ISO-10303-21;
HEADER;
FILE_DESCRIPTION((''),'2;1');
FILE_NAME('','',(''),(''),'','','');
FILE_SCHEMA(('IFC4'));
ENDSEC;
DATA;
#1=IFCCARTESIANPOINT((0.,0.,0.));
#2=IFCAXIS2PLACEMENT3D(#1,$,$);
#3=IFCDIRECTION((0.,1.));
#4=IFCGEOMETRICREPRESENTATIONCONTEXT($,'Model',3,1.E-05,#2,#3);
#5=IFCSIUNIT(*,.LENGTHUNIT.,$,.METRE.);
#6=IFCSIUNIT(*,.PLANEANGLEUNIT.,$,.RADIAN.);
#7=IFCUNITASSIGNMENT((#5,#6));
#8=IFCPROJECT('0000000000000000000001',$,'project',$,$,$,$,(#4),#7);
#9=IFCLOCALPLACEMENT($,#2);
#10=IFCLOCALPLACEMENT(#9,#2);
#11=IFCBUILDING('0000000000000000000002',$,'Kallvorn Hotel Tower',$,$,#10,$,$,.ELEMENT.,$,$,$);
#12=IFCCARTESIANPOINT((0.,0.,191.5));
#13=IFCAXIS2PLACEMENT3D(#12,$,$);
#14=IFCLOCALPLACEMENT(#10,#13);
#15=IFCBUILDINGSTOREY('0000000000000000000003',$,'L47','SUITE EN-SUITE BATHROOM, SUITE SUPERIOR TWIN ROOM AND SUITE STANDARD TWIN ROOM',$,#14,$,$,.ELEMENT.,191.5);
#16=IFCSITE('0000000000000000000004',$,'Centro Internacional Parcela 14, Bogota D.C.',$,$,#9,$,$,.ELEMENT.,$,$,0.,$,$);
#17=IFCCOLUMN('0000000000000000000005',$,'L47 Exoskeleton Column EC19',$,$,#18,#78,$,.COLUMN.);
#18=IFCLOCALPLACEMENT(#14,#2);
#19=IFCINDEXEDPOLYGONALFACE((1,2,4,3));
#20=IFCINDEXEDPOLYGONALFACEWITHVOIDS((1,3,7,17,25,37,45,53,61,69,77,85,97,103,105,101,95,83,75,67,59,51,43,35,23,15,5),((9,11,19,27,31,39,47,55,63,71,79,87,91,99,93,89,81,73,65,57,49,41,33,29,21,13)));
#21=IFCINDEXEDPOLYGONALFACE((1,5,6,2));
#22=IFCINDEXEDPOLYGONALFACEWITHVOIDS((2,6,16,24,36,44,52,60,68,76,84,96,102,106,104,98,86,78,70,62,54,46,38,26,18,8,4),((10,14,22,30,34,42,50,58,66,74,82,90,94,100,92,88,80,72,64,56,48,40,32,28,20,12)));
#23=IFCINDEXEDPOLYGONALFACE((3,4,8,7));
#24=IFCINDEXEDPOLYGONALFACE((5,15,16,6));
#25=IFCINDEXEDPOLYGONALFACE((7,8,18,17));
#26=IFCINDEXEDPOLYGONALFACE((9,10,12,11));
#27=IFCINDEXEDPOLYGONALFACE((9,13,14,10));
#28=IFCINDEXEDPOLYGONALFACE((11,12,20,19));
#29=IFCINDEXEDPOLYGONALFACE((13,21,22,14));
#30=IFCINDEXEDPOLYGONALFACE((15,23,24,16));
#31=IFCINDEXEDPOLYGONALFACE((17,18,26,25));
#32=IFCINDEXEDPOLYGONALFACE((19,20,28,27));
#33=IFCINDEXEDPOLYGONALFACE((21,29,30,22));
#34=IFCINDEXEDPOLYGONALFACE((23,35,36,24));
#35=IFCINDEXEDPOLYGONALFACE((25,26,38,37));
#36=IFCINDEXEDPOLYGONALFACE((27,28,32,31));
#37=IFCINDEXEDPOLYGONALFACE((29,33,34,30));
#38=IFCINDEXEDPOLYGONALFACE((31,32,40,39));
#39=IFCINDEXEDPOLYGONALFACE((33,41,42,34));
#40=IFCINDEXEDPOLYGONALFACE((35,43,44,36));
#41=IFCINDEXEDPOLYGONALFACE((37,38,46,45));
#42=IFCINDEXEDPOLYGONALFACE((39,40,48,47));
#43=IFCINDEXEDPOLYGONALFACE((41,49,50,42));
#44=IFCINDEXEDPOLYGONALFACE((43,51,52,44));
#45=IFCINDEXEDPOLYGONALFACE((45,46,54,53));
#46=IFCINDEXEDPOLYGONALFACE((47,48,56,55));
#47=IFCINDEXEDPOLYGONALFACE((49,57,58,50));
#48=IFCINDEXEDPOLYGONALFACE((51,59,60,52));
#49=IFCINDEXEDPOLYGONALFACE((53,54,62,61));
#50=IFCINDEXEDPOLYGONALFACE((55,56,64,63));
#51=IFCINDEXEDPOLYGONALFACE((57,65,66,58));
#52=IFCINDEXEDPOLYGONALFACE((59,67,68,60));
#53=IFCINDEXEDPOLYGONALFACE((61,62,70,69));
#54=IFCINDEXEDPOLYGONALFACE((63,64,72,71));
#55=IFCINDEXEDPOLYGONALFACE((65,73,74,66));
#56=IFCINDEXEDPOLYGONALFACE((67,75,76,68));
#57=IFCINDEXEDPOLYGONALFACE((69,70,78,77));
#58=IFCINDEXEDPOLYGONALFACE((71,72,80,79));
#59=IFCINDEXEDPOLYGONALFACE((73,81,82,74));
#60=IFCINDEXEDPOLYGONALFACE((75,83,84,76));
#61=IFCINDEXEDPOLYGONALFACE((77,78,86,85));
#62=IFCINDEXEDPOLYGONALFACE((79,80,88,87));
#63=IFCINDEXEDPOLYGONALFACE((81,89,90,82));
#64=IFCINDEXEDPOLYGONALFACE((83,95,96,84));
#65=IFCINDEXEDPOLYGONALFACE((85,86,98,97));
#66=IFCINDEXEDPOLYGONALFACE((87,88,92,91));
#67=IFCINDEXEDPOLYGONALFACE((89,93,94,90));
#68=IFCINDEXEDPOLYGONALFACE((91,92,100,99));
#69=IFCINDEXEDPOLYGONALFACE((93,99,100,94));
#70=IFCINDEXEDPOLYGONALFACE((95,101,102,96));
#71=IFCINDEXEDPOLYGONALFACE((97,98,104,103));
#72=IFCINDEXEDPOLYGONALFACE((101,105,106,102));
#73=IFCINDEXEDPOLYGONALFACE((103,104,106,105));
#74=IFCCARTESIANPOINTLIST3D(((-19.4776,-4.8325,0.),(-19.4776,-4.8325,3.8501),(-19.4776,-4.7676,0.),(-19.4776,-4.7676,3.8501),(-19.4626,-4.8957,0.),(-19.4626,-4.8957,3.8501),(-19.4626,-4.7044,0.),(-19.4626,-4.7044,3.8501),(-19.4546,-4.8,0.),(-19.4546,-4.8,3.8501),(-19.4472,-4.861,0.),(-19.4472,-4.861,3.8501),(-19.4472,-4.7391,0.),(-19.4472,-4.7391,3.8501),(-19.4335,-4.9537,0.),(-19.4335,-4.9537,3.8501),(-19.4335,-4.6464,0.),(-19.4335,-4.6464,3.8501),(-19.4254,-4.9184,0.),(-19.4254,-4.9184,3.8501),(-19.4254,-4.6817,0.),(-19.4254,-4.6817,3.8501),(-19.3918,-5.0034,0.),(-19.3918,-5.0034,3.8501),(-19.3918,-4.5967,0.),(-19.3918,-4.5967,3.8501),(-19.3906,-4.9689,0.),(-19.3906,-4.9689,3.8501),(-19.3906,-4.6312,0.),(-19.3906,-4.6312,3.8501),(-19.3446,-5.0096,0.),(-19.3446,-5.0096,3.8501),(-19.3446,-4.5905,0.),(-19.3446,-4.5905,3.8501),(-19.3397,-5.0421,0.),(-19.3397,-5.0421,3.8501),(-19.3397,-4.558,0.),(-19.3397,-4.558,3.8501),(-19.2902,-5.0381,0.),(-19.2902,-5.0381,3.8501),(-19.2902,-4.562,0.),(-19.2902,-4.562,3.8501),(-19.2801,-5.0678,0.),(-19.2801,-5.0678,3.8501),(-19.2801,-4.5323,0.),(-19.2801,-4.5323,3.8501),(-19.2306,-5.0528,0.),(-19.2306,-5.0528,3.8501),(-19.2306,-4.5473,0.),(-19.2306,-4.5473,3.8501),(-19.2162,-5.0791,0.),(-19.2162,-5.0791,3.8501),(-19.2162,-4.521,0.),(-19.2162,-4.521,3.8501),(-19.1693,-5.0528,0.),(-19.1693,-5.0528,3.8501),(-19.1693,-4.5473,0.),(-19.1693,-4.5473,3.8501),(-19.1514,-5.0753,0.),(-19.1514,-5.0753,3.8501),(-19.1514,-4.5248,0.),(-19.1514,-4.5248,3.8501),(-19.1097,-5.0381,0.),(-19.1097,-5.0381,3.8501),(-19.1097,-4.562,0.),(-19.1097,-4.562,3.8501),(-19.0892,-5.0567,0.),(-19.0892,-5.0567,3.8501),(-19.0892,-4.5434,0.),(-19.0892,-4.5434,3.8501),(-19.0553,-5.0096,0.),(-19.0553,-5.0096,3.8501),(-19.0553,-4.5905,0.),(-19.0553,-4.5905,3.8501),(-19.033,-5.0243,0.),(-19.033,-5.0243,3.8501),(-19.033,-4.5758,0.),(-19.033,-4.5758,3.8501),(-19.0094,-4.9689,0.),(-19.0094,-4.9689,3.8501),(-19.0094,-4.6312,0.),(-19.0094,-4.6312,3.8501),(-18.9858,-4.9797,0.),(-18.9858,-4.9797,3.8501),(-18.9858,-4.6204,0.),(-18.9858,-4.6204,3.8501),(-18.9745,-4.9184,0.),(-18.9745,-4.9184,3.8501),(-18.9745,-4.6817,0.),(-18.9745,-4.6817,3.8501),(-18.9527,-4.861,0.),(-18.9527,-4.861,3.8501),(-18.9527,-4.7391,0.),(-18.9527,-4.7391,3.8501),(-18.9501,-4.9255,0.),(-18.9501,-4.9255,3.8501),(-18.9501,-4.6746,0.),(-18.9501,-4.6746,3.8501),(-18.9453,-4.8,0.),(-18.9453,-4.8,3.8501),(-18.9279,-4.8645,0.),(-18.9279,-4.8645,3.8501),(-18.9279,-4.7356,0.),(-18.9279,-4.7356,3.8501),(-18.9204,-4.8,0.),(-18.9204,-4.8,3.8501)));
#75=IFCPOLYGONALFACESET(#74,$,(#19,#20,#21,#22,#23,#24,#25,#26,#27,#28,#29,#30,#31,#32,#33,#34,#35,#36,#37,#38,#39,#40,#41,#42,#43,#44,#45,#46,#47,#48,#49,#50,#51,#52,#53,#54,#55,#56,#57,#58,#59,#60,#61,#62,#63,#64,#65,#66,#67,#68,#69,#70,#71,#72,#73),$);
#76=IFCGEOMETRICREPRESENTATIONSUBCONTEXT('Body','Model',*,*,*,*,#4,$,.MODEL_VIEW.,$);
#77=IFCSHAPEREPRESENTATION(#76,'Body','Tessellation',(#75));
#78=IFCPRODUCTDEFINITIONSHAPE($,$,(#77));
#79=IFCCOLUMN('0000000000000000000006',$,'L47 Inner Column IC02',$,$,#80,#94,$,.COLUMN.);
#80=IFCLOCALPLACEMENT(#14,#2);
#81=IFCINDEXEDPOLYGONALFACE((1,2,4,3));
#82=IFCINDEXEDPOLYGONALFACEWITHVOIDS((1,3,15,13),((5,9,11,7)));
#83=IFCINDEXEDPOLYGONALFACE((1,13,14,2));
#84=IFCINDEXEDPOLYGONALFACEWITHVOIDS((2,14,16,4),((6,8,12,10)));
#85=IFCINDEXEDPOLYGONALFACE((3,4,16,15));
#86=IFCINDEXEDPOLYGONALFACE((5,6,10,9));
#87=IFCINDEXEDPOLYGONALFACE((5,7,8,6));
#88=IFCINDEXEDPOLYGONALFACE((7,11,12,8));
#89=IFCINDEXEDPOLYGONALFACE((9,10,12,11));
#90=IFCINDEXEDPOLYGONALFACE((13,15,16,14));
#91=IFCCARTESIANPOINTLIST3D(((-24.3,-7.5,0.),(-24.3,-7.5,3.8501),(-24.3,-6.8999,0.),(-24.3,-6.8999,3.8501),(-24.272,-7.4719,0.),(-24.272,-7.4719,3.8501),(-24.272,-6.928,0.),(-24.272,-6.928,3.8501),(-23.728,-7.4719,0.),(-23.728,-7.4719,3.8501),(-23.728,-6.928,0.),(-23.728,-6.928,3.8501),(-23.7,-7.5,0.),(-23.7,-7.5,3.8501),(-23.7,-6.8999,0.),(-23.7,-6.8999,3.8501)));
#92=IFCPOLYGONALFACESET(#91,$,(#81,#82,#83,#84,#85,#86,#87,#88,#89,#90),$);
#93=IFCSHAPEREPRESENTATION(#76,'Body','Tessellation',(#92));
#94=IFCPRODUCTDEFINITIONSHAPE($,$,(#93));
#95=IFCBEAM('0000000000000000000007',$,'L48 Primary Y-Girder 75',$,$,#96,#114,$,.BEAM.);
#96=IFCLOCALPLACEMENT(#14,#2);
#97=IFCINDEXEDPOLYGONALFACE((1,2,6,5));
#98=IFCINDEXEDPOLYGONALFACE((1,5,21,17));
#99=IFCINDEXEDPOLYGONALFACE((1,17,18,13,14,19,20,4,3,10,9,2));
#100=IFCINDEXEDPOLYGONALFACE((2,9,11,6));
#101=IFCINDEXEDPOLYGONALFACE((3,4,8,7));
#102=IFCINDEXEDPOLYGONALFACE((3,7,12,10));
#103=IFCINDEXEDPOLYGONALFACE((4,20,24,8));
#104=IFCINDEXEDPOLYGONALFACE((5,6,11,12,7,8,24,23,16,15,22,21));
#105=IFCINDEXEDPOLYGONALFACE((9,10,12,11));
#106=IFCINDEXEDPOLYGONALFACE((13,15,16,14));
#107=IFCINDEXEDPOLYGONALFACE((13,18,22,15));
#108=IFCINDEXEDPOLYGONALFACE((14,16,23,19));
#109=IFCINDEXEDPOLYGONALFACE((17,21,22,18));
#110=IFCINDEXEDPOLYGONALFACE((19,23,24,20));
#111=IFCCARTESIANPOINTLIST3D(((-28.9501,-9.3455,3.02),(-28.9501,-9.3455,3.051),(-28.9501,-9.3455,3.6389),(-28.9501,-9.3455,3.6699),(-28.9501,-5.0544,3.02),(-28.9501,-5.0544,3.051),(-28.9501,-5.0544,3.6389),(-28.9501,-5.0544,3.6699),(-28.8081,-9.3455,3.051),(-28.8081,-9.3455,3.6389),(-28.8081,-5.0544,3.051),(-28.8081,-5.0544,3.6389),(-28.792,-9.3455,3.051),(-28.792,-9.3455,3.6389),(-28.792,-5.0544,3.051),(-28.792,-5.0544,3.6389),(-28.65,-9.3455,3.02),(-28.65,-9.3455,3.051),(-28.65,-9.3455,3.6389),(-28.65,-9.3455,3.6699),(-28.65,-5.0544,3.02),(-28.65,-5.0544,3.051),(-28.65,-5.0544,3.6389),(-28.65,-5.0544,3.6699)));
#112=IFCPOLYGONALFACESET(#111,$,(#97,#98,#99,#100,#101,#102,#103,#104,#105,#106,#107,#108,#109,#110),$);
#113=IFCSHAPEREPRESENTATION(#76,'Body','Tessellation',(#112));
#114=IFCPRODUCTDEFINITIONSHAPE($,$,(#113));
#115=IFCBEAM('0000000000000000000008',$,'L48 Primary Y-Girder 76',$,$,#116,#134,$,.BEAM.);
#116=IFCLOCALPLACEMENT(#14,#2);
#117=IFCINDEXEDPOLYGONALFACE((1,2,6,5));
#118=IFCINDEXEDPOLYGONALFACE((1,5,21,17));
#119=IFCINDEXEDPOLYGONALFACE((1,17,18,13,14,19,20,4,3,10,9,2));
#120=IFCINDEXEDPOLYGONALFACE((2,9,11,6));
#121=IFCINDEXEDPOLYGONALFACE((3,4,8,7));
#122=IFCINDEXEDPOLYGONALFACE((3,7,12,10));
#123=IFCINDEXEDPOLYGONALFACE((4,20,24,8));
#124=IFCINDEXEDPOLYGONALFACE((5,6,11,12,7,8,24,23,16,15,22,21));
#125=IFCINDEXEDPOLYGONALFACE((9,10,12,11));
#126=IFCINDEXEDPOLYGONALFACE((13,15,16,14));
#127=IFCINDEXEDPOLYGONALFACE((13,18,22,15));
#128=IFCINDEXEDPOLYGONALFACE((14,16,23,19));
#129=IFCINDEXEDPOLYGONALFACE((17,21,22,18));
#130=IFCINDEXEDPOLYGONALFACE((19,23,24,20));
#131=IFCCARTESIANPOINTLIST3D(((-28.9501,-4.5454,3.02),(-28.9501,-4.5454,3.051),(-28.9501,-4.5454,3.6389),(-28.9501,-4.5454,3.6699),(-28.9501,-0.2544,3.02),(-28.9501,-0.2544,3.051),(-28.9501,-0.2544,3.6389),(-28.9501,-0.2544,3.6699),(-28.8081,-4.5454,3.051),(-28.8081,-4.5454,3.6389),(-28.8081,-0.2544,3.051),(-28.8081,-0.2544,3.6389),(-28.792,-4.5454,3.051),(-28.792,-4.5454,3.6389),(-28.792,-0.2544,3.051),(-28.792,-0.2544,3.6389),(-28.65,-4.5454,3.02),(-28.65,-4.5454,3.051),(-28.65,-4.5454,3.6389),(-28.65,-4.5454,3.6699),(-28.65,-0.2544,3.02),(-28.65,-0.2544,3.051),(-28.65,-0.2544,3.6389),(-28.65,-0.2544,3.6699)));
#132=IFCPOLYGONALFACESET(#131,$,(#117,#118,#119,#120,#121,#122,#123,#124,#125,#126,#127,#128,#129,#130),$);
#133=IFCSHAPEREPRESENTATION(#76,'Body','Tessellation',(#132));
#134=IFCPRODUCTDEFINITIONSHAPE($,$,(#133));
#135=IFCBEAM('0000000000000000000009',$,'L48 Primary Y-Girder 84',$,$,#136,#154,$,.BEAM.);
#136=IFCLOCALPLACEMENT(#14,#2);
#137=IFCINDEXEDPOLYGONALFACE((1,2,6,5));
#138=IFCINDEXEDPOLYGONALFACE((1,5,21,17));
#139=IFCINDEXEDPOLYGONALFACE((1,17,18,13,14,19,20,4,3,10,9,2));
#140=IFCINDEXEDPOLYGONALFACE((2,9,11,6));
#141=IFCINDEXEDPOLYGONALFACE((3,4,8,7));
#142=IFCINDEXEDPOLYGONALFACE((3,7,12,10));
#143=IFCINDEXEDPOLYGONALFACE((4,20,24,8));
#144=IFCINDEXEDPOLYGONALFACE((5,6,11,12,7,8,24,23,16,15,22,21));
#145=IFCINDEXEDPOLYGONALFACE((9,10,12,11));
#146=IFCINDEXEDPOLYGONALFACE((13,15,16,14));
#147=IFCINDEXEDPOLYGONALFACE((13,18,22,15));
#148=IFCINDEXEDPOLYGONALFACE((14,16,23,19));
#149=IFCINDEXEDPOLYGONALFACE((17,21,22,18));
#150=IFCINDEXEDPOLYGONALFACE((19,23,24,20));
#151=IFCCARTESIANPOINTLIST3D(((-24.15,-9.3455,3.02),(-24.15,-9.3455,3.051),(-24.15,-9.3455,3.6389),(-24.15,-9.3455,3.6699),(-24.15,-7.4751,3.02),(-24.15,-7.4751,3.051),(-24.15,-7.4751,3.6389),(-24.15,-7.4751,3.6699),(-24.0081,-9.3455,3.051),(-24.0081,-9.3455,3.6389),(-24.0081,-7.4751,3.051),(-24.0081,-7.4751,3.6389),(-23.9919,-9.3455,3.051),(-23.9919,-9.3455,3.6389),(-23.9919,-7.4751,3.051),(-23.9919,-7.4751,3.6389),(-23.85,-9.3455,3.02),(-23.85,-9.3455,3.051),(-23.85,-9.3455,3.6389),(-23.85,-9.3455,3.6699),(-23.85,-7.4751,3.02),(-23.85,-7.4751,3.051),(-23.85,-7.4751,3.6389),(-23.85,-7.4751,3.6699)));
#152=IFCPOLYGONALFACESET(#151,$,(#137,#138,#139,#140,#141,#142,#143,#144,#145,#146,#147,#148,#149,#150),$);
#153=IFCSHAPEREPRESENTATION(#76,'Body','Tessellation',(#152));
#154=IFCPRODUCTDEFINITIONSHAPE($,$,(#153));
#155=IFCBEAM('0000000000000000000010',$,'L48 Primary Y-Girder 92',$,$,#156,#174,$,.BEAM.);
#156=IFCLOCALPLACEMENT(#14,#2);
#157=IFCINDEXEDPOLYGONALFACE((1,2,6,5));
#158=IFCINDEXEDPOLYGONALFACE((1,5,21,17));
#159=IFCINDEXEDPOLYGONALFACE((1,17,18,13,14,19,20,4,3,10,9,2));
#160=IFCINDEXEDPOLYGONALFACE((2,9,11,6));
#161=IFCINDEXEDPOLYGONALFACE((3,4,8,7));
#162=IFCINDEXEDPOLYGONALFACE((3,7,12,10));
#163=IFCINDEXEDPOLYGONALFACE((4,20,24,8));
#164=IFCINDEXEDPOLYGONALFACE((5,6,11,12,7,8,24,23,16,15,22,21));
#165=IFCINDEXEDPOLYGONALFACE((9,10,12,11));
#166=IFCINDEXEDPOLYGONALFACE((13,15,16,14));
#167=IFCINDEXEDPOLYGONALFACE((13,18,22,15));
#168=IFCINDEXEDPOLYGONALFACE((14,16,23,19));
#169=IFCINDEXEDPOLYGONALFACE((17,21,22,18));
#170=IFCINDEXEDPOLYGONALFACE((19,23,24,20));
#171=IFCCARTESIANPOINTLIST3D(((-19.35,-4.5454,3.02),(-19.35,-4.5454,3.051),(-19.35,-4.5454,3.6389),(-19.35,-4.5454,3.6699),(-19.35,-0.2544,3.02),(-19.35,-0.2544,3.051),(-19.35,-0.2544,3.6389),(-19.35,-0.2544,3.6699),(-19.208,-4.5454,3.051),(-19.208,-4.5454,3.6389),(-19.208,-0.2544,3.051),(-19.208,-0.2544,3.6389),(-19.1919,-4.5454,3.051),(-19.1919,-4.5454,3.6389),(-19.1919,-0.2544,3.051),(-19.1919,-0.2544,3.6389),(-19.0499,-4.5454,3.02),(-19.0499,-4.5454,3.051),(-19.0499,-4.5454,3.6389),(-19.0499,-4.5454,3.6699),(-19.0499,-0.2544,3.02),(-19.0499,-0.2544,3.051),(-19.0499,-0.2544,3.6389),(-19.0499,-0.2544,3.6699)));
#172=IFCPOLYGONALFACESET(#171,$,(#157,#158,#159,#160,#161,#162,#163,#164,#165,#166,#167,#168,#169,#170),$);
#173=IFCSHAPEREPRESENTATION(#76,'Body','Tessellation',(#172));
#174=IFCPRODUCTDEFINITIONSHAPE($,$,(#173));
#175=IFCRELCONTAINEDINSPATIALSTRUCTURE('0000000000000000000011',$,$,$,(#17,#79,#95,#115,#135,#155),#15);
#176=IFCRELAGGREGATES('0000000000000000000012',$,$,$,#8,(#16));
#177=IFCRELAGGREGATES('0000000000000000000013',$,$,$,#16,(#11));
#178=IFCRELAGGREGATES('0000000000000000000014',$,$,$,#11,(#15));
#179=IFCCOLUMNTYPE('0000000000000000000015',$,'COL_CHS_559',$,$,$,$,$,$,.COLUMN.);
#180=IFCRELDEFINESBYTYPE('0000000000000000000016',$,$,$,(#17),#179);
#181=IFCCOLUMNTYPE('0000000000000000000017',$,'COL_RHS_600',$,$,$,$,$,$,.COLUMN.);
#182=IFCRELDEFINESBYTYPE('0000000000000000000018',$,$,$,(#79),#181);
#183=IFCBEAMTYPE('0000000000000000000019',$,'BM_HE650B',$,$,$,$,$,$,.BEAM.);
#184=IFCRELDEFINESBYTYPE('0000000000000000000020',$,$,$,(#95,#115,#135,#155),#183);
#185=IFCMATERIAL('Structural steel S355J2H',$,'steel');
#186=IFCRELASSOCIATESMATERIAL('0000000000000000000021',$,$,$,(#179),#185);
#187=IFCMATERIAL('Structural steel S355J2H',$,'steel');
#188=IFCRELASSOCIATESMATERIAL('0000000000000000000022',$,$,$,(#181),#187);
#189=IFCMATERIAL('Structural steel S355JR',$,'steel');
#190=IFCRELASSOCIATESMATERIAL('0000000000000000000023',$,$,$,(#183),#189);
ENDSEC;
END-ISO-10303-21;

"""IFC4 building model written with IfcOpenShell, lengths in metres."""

from ifc_helpers import new_model, si_unit, direction, frame, origin, origin_2d, place, context, subcontext, project, spatial, hollow_rectangle, hollow_circle, i_section, extrude, material, material_profile, profile_set, type_object, element, save


model = new_model("IFC4")

# Units and contexts
model_context = context("Model", 3, precision=1e-05, world=origin(), true_north=direction((0.0, 1.0)))
body_context = subcontext(model_context, "Body", "Model", "MODEL_VIEW")
ifc_project = project(units=[si_unit("LENGTHUNIT", "METRE"), si_unit("PLANEANGLEUNIT", "RADIAN")], contexts=[model_context])

# Site, building, storey
site_placement = place(None, origin())
site = spatial("IfcSite", under=ifc_project, at=site_placement, Name="Centro Internacional Parcela 14, Bogota D.C.", CompositionType="ELEMENT", RefElevation=0.0)
building_placement = place(site_placement, origin())
building = spatial("IfcBuilding", under=site, at=building_placement, Name="Kallvorn Hotel Tower", CompositionType="ELEMENT")
storey_placement = place(building_placement, frame((0.0, 0.0, 191.5)))
storey = spatial("IfcBuildingStorey", under=building, at=storey_placement, Name="L47", Description="SUITE EN-SUITE BATHROOM, SUITE SUPERIOR TWIN ROOM AND SUITE STANDARD TWIN ROOM", CompositionType="ELEMENT", Elevation=191.5)

# Columns
ifc_material_1 = material(Name="Structural steel S355J2H", Category="steel")
ifc_material_profile_1 = material_profile(ifc_material_1, hollow_circle(Radius=0.2795, WallThickness=0.0249, at=origin_2d()), Name="CHS 559x25")
ifc_profile_set_1 = profile_set([ifc_material_profile_1], Name="Structural steel S355J2H")
column_type_1 = type_object("IfcColumnType", Name="COL_CHS_559", PredefinedType="COLUMN", material=ifc_profile_set_1)
for number, where, z_axis, x_axis, name in (
    (1, (-19.2, -4.8, 0.0), (0.0, 0.0, 1.0), (1.0, 0.0, 0.0), "L47 Exoskeleton Column EC19"),
):
    element("IfcColumn", number, at=place(storey_placement, frame(where, z_axis=z_axis, x_axis=x_axis)), inside=storey, type_object=column_type_1, Name=name, PredefinedType="COLUMN", context=body_context, shape_type="SweptSolid", body=[
        extrude(hollow_circle(Radius=0.2795, WallThickness=0.0249, at=origin_2d()), origin(), (0.0, 0.0, 1.0), 3.8501),
    ])
ifc_material_2 = material(Name="Structural steel S355J2H", Category="steel")
ifc_material_profile_2 = material_profile(ifc_material_2, hollow_rectangle(XDim=0.6001, YDim=0.6001, WallThickness=0.0281, at=origin_2d()), Name="RHS 600x600x28")
ifc_profile_set_2 = profile_set([ifc_material_profile_2], Name="Structural steel S355J2H")
column_type_2 = type_object("IfcColumnType", Name="COL_RHS_600", PredefinedType="COLUMN", material=ifc_profile_set_2)
column_placement = place(storey_placement, frame((-24.0, -7.2, 0.0), z_axis=(0.0, 0.0, 1.0), x_axis=(1.0, 0.0, 0.0)))
element("IfcColumn", 2, at=column_placement, inside=storey, type_object=column_type_2, Name="L47 Inner Column IC02", PredefinedType="COLUMN", context=body_context, shape_type="SweptSolid", body=[
    extrude(hollow_rectangle(XDim=0.6001, YDim=0.6001, WallThickness=0.0281, at=origin_2d()), origin(), (0.0, 0.0, 1.0), 3.8501),
])

# Beams
ifc_material_3 = material(Name="Structural steel S355JR", Category="steel")
ifc_material_profile_3 = material_profile(ifc_material_3, i_section(OverallWidth=0.3, OverallDepth=0.6499, WebThickness=0.0161, FlangeThickness=0.031, at=origin_2d()), Name="HE 650 B")
ifc_profile_set_3 = profile_set([ifc_material_profile_3], Name="Structural steel S355JR")
beam_type_1 = type_object("IfcBeamType", Name="BM_HE650B", PredefinedType="BEAM", material=ifc_profile_set_3)
for number, where, z_axis, x_axis, name in (
    (3, (-28.8, -9.3455, 3.345), (0.0, 1.0, 0.0), (-1.0, 0.0, 0.0), "L48 Primary Y-Girder 75"),
    (4, (-28.8, -4.5454, 3.345), (0.0, 1.0, 0.0), (-1.0, 0.0, 0.0), "L48 Primary Y-Girder 76"),
):
    element("IfcBeam", number, at=place(storey_placement, frame(where, z_axis=z_axis, x_axis=x_axis)), inside=storey, type_object=beam_type_1, Name=name, PredefinedType="BEAM", context=body_context, shape_type="SweptSolid", body=[
        extrude(i_section(OverallWidth=0.3, OverallDepth=0.6499, WebThickness=0.0161, FlangeThickness=0.031, at=origin_2d()), origin(), (0.0, 0.0, 1.0), 4.291),
    ])
beam_1_placement = place(storey_placement, frame((-24.0, -9.3455, 3.345), z_axis=(0.0, 1.0, 0.0), x_axis=(-1.0, 0.0, 0.0)))
element("IfcBeam", 5, at=beam_1_placement, inside=storey, type_object=beam_type_1, Name="L48 Primary Y-Girder 84", PredefinedType="BEAM", context=body_context, shape_type="SweptSolid", body=[
    extrude(i_section(OverallWidth=0.3, OverallDepth=0.6499, WebThickness=0.0161, FlangeThickness=0.031, at=origin_2d()), origin(), (0.0, 0.0, 1.0), 1.8704),
])
beam_2_placement = place(storey_placement, frame((-19.2, -4.5454, 3.345), z_axis=(0.0, 1.0, 0.0), x_axis=(-1.0, 0.0, 0.0)))
element("IfcBeam", 6, at=beam_2_placement, inside=storey, type_object=beam_type_1, Name="L48 Primary Y-Girder 92", PredefinedType="BEAM", context=body_context, shape_type="SweptSolid", body=[
    extrude(i_section(OverallWidth=0.3, OverallDepth=0.6499, WebThickness=0.0161, FlangeThickness=0.031, at=origin_2d()), origin(), (0.0, 0.0, 1.0), 4.291),
])

save(model, "model.ifc")
